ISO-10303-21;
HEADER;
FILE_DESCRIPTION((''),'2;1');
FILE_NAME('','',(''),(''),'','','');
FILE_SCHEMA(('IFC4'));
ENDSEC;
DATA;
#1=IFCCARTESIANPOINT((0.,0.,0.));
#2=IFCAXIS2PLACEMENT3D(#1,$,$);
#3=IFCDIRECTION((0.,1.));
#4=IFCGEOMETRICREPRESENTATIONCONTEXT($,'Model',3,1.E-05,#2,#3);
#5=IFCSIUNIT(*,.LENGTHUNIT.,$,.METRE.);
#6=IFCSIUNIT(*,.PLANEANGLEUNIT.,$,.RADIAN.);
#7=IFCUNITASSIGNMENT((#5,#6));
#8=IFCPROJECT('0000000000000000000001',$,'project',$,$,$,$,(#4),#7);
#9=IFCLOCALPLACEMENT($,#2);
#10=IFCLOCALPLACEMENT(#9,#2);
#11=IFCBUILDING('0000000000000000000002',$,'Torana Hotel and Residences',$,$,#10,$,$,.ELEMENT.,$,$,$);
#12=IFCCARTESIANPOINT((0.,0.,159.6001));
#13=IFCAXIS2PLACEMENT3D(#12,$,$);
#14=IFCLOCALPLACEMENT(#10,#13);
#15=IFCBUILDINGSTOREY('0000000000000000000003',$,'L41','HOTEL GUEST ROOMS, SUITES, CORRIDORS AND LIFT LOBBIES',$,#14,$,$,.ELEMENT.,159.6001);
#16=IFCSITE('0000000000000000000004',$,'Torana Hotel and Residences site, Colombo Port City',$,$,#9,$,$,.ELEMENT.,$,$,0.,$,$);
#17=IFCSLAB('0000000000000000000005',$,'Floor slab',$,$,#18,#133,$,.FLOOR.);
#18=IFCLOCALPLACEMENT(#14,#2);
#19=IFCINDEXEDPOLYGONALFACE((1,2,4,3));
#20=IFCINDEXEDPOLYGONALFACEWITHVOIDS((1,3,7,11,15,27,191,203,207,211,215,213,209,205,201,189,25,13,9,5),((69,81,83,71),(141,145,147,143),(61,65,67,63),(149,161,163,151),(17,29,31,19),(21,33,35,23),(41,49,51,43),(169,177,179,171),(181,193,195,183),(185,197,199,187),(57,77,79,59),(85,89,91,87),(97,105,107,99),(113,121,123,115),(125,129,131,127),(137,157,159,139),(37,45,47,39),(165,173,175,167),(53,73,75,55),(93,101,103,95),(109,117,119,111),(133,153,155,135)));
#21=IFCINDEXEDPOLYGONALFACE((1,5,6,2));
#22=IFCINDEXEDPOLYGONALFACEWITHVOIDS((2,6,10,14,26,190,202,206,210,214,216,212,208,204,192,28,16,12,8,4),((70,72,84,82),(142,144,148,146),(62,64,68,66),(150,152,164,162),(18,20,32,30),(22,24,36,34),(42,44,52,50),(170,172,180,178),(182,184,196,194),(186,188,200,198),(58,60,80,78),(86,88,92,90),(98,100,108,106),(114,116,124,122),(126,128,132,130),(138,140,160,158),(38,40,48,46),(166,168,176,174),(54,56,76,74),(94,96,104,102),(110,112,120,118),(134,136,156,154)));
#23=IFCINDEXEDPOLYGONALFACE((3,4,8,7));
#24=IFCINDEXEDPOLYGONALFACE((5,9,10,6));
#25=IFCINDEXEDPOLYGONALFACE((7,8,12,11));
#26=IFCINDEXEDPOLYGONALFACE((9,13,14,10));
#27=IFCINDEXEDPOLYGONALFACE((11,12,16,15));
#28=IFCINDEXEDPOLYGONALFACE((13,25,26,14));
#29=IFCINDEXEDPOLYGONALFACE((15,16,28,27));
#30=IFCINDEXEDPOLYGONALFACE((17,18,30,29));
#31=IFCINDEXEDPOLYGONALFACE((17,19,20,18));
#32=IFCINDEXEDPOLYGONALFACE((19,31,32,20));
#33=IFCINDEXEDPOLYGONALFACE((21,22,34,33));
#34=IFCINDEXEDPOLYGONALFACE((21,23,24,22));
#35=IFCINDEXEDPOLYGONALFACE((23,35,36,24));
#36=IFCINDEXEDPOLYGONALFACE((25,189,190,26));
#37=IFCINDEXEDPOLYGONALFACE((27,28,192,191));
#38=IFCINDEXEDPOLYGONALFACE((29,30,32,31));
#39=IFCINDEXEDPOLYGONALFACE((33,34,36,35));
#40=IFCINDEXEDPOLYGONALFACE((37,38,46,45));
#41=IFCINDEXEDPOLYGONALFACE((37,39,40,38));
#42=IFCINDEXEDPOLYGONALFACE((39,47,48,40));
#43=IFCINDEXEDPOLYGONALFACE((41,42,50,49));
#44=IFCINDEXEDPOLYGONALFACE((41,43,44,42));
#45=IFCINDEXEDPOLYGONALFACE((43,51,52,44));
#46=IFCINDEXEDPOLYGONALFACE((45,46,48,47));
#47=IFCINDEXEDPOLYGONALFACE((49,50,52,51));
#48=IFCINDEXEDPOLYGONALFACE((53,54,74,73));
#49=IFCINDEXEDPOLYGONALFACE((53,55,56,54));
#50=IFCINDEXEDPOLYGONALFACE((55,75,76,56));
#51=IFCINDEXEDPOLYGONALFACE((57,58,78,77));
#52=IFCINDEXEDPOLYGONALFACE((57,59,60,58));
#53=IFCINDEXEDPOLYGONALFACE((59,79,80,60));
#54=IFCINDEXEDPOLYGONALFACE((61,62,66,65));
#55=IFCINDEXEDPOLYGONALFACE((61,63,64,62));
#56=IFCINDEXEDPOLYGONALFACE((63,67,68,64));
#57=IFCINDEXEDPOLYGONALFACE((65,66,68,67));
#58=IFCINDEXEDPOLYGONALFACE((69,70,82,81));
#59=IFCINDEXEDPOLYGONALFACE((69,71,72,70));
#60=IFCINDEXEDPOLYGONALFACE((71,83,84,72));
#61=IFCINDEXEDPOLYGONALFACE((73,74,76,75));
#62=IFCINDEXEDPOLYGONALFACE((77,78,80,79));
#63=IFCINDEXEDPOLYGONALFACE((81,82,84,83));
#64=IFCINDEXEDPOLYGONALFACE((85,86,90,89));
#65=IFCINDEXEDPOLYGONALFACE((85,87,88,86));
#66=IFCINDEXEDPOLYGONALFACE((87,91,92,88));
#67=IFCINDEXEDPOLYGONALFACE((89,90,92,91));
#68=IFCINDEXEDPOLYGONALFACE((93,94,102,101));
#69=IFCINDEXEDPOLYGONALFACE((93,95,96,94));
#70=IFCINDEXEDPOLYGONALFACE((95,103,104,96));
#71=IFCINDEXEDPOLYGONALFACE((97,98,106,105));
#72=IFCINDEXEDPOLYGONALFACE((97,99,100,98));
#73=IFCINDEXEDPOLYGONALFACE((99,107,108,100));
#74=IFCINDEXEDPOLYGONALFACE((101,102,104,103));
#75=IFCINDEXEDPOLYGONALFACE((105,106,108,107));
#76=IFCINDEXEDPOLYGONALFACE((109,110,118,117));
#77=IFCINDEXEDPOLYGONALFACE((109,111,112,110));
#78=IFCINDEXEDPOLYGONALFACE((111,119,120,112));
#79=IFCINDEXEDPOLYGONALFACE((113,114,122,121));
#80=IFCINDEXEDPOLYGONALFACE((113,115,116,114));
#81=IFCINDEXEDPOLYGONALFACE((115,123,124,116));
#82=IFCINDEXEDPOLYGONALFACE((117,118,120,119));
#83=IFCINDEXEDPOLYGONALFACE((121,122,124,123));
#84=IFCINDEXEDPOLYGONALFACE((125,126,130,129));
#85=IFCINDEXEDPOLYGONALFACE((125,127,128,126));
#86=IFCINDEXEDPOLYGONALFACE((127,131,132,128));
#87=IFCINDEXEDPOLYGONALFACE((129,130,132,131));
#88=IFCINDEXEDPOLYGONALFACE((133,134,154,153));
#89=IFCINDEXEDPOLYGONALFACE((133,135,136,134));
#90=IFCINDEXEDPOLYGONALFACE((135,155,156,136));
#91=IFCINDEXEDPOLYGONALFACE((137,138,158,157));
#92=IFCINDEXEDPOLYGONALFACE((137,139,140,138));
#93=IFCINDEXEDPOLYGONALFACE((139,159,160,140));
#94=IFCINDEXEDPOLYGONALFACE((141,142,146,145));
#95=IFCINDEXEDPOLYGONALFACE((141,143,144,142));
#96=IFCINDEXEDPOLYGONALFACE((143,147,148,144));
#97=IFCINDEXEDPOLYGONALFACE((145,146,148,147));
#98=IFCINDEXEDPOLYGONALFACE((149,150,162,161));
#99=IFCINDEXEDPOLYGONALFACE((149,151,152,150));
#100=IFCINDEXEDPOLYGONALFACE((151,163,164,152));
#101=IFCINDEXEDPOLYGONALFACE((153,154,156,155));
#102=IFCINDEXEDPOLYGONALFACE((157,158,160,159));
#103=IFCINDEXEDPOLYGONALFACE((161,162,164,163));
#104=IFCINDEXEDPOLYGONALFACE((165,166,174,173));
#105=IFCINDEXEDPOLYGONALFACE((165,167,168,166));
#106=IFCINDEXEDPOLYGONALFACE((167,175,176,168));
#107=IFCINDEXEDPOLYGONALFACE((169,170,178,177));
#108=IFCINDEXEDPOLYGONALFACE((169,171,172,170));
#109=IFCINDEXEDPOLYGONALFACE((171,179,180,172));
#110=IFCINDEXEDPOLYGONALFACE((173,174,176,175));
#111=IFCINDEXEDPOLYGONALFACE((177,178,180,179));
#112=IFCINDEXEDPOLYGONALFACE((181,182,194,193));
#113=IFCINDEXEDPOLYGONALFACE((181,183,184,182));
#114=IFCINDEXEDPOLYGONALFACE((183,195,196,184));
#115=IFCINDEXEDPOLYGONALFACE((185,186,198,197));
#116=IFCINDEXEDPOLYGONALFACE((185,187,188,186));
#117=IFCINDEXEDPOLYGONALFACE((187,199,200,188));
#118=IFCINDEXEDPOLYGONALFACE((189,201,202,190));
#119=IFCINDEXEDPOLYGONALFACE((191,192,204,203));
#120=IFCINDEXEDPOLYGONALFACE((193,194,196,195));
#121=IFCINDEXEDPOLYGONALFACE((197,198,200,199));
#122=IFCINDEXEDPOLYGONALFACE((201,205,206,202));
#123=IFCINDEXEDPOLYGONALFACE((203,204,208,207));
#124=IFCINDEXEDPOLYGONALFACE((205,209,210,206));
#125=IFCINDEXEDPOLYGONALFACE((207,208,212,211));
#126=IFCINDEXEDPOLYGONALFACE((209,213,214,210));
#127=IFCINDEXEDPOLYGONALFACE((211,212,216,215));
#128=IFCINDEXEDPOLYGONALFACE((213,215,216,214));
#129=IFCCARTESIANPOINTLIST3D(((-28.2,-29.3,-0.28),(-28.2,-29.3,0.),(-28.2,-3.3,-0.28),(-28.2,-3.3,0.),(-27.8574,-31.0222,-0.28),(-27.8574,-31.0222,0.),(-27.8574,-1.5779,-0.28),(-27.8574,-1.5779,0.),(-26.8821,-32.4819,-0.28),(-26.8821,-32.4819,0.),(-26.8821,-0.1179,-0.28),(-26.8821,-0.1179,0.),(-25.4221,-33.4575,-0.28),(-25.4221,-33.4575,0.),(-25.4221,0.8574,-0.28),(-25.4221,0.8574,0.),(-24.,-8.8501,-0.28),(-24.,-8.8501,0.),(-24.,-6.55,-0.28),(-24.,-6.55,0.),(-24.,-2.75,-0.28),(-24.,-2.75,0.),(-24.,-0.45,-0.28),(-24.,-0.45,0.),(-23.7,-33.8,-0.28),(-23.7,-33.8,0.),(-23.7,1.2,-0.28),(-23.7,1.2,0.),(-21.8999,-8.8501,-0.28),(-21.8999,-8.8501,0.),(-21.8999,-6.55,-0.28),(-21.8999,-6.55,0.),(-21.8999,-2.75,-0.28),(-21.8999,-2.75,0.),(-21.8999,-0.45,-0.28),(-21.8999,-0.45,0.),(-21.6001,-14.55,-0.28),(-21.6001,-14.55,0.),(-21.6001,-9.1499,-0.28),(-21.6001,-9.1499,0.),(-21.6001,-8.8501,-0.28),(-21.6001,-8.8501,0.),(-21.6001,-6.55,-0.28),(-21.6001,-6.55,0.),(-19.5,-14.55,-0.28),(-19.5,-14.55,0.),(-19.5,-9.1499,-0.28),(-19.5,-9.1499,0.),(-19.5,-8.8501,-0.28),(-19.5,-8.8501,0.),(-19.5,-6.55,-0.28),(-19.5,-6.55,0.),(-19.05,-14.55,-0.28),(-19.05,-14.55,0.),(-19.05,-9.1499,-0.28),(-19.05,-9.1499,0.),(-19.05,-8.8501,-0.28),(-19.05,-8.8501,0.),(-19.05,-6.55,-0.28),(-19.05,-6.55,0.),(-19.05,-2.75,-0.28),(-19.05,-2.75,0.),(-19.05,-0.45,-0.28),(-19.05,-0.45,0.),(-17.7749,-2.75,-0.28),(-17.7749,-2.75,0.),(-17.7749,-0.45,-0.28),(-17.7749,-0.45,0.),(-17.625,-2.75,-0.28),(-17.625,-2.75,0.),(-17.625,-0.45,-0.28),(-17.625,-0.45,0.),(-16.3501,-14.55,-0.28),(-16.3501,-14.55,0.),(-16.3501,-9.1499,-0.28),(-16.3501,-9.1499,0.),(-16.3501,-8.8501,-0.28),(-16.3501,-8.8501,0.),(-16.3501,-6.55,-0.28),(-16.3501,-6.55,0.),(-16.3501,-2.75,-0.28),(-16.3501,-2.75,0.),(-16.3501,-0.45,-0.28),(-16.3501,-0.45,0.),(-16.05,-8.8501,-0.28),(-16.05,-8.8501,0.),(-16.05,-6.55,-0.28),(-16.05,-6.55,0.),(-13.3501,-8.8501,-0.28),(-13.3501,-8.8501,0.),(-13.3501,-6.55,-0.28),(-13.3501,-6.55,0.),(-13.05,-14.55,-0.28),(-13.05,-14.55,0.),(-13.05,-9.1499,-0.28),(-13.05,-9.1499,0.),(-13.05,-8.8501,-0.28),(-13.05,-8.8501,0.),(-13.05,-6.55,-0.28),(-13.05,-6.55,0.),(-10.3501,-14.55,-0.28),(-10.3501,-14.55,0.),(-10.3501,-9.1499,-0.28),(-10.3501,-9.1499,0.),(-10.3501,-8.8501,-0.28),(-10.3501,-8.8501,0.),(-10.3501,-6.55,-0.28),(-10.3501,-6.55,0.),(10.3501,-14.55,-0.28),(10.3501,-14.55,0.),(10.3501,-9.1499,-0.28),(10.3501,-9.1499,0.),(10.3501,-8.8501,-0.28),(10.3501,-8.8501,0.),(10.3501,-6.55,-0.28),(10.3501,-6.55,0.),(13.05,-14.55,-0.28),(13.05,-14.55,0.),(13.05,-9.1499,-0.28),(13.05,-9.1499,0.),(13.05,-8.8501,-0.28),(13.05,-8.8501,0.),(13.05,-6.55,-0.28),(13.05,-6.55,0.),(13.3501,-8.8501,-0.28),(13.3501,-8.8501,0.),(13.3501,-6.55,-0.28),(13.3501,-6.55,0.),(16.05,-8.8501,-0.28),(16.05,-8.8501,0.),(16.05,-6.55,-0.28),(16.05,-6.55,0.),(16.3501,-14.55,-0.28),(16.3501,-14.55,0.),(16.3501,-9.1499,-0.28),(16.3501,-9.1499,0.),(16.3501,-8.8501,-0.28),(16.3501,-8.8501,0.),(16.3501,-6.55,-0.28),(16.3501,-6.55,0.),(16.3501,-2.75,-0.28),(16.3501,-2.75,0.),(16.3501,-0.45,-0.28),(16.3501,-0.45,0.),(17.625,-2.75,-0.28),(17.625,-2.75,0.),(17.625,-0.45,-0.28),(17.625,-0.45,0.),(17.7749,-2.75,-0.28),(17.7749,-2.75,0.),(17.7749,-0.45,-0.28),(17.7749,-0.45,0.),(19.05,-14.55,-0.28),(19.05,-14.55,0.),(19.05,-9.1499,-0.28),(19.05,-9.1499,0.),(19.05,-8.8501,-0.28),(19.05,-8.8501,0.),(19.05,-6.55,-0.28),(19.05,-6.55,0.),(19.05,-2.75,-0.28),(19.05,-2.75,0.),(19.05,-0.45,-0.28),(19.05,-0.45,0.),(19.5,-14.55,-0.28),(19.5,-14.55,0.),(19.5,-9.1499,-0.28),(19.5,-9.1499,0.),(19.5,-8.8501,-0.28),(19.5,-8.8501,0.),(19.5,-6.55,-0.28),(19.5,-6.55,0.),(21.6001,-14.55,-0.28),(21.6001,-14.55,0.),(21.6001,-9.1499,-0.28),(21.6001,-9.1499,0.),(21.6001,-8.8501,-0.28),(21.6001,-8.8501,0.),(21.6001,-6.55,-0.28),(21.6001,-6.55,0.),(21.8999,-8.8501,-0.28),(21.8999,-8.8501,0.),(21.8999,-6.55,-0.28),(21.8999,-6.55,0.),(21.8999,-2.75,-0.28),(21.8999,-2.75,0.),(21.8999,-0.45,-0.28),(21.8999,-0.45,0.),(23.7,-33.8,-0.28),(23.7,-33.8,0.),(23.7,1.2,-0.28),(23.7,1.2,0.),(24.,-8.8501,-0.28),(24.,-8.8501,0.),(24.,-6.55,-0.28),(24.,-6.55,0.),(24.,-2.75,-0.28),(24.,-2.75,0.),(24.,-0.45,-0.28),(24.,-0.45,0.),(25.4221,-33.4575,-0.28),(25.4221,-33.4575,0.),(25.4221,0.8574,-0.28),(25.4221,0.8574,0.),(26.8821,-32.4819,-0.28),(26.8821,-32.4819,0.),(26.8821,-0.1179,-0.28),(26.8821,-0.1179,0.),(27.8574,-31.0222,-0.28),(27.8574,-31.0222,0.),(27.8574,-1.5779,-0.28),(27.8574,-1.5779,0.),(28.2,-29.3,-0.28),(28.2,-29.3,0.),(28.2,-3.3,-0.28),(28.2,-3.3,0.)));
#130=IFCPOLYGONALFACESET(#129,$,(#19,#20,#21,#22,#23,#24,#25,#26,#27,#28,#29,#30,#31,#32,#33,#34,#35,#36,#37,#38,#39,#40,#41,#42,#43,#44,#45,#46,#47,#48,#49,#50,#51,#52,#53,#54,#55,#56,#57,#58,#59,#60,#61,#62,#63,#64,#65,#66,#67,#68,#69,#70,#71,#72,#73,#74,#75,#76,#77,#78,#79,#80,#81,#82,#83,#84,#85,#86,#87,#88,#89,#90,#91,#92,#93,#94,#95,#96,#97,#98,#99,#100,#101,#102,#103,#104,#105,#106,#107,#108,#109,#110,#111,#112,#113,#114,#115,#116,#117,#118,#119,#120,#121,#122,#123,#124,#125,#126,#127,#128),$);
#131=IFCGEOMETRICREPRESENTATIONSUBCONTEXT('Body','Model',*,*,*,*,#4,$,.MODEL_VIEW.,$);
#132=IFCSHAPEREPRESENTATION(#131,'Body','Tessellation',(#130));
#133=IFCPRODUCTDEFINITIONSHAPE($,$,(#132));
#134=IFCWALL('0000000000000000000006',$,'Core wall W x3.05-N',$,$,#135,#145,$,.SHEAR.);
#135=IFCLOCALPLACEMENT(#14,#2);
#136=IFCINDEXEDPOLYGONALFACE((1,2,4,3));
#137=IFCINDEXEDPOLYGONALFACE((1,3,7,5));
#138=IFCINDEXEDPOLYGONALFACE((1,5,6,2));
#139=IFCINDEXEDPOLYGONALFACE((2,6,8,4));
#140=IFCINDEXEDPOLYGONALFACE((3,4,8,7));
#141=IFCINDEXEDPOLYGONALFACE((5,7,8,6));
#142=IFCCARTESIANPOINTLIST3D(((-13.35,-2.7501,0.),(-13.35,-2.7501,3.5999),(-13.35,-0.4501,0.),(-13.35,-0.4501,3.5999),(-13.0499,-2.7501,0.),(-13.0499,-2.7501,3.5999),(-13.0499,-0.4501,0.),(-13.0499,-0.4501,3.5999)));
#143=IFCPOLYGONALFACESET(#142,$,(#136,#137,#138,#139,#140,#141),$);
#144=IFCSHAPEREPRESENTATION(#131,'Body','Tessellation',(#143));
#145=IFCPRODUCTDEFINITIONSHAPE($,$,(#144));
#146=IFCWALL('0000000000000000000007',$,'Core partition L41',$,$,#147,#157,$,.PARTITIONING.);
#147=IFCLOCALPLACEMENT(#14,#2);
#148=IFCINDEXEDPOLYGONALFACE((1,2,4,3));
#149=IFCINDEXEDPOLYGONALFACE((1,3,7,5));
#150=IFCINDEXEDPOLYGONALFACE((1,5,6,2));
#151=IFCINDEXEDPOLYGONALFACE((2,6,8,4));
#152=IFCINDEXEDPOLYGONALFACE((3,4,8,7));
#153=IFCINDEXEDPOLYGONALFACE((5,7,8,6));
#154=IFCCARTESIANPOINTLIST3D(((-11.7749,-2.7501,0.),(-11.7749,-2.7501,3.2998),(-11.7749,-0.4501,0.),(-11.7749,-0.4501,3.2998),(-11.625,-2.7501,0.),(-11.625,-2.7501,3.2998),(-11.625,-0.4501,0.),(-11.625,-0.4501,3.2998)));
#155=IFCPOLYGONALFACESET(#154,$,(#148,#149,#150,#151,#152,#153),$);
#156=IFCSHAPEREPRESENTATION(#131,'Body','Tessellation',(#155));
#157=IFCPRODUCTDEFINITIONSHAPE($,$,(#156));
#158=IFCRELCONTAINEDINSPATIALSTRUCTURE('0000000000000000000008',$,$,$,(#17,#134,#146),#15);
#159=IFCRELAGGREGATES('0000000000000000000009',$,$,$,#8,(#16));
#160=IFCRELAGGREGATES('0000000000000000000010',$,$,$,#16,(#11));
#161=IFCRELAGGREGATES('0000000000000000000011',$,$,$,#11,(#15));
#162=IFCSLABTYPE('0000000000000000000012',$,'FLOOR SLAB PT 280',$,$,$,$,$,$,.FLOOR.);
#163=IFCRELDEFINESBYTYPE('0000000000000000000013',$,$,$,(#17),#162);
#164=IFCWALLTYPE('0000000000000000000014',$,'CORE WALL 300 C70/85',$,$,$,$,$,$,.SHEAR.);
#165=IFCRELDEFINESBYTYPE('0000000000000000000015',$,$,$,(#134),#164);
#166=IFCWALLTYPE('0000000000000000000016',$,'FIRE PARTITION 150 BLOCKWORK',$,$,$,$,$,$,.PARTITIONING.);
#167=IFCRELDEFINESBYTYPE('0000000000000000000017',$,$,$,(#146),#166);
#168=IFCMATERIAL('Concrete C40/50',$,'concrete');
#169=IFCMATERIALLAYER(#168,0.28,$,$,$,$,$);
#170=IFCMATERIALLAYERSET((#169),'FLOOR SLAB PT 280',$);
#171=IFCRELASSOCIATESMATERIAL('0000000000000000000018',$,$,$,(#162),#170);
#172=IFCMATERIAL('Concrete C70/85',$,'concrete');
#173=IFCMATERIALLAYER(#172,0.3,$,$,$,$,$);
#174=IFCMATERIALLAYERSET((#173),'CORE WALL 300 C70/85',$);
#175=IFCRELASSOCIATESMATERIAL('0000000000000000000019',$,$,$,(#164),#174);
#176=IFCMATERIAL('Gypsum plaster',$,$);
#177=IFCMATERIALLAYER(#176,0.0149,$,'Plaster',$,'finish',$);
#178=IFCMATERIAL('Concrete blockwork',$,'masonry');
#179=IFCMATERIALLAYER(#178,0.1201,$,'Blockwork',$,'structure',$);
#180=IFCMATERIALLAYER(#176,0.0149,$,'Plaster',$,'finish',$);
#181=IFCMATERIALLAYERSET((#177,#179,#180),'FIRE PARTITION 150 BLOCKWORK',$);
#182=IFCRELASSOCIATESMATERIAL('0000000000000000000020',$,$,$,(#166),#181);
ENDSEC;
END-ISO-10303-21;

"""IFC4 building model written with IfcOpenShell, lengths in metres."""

from ifc_helpers import new_model, si_unit, direction, frame, frame_2d, origin, place, context, subcontext, project, spatial, polyline, rectangle, outline, extrude, material, layer, layer_set, type_object, element, save


model = new_model("IFC4")

# Units and contexts
model_context = context("Model", 3, precision=1e-05, world=origin(), true_north=direction((0.0, 1.0)))
body_context = subcontext(model_context, "Body", "Model", "MODEL_VIEW")
ifc_project = project(units=[si_unit("LENGTHUNIT", "METRE"), si_unit("PLANEANGLEUNIT", "RADIAN")], contexts=[model_context])

# Site, building, storey
site_placement = place(None, origin())
site = spatial("IfcSite", under=ifc_project, at=site_placement, Name="Torana Hotel and Residences site, Colombo Port City", CompositionType="ELEMENT", RefElevation=0.0)
building_placement = place(site_placement, origin())
building = spatial("IfcBuilding", under=site, at=building_placement, Name="Torana Hotel and Residences", CompositionType="ELEMENT")
storey_placement = place(building_placement, frame((0.0, 0.0, 159.6001)))
storey = spatial("IfcBuildingStorey", under=building, at=storey_placement, Name="L41", Description="HOTEL GUEST ROOMS, SUITES, CORRIDORS AND LIFT LOBBIES", CompositionType="ELEMENT", Elevation=159.6001)

# Slab
ifc_material_1 = material(Name="Concrete C40/50", Category="concrete")
ifc_layer_1 = layer(ifc_material_1, 0.28)
ifc_layer_set_1 = layer_set([ifc_layer_1], Name="FLOOR SLAB PT 280")
slab_type_1 = type_object("IfcSlabType", Name="FLOOR SLAB PT 280", PredefinedType="FLOOR", material=ifc_layer_set_1)
slab_1_placement = place(storey_placement, frame((0.0, 0.0, -0.28)))
element("IfcSlab", 1, at=slab_1_placement, inside=storey, type_object=slab_type_1, Name="Floor slab", PredefinedType="FLOOR", context=body_context, shape_type="SweptSolid", body=[
    extrude(outline(polyline([(28.2, -3.3), (27.8574, -1.5779), (26.8821, -0.1179), (25.4221, 0.8574), (23.7, 1.2), (-23.7, 1.2), (-25.4221, 0.8574), (-26.8821, -0.1179), (-27.8574, -1.5779), (-28.2, -3.3), (-28.2, -29.3), (-27.8574, -31.0222), (-26.8821, -32.4819), (-25.4221, -33.4575), (-23.7, -33.8), (23.7, -33.8), (25.4221, -33.4575), (26.8821, -32.4819), (27.8574, -31.0222), (28.2, -29.3), (28.2, -3.3)]), holes=[polyline([(-13.05, -14.55), (-10.3501, -14.55), (-10.3501, -9.1499), (-13.05, -9.1499), (-13.05, -14.55)]), polyline([(-19.05, -14.55), (-16.3501, -14.55), (-16.3501, -9.1499), (-19.05, -9.1499), (-19.05, -14.55)]), polyline([(-17.625, -2.75), (-16.3501, -2.75), (-16.3501, -0.45), (-17.625, -0.45), (-17.625, -2.75)]), polyline([(-19.05, -2.75), (-17.7749, -2.75), (-17.7749, -0.45), (-19.05, -0.45), (-19.05, -2.75)]), polyline([(-21.6001, -8.8501), (-19.5, -8.8501), (-19.5, -6.55), (-21.6001, -6.55), (-21.6001, -8.8501)]), polyline([(-24.0, -2.75), (-21.8999, -2.75), (-21.8999, -0.45), (-24.0, -0.45), (-24.0, -2.75)]), polyline([(-24.0, -8.8501), (-21.8999, -8.8501), (-21.8999, -6.55), (-24.0, -6.55), (-24.0, -8.8501)]), polyline([(-13.05, -8.8501), (-10.3501, -8.8501), (-10.3501, -6.55), (-13.05, -6.55), (-13.05, -8.8501)]), polyline([(-16.05, -8.8501), (-13.3501, -8.8501), (-13.3501, -6.55), (-16.05, -6.55), (-16.05, -8.8501)]), polyline([(-19.05, -8.8501), (-16.3501, -8.8501), (-16.3501, -6.55), (-19.05, -6.55), (-19.05, -8.8501)]), polyline([(-21.6001, -14.55), (-19.5, -14.55), (-19.5, -9.1499), (-21.6001, -9.1499), (-21.6001, -14.55)]), polyline([(10.3501, -14.55), (13.05, -14.55), (13.05, -9.1499), (10.3501, -9.1499), (10.3501, -14.55)]), polyline([(16.3501, -14.55), (19.05, -14.55), (19.05, -9.1499), (16.3501, -9.1499), (16.3501, -14.55)]), polyline([(16.3501, -2.75), (17.625, -2.75), (17.625, -0.45), (16.3501, -0.45), (16.3501, -2.75)]), polyline([(17.7749, -2.75), (19.05, -2.75), (19.05, -0.45), (17.7749, -0.45), (17.7749, -2.75)]), polyline([(19.5, -8.8501), (21.6001, -8.8501), (21.6001, -6.55), (19.5, -6.55), (19.5, -8.8501)]), polyline([(21.8999, -2.75), (24.0, -2.75), (24.0, -0.45), (21.8999, -0.45), (21.8999, -2.75)]), polyline([(21.8999, -8.8501), (24.0, -8.8501), (24.0, -6.55), (21.8999, -6.55), (21.8999, -8.8501)]), polyline([(10.3501, -8.8501), (13.05, -8.8501), (13.05, -6.55), (10.3501, -6.55), (10.3501, -8.8501)]), polyline([(13.3501, -8.8501), (16.05, -8.8501), (16.05, -6.55), (13.3501, -6.55), (13.3501, -8.8501)]), polyline([(16.3501, -8.8501), (19.05, -8.8501), (19.05, -6.55), (16.3501, -6.55), (16.3501, -8.8501)]), polyline([(19.5, -14.55), (21.6001, -14.55), (21.6001, -9.1499), (19.5, -9.1499), (19.5, -14.55)])]), origin(), (0.0, 0.0, 1.0), 0.28),
])

# Walls
ifc_material_2 = material(Name="Concrete C70/85", Category="concrete")
ifc_layer_2 = layer(ifc_material_2, 0.3)
ifc_layer_set_2 = layer_set([ifc_layer_2], Name="CORE WALL 300 C70/85")
wall_type_1 = type_object("IfcWallType", Name="CORE WALL 300 C70/85", PredefinedType="SHEAR", material=ifc_layer_set_2)
wall_1_placement = place(storey_placement, frame((-13.2, -2.75, 0.0), z_axis=(0.0, 0.0, 1.0), x_axis=(0.0, 1.0, 0.0)))
element("IfcWall", 2, at=wall_1_placement, inside=storey, type_object=wall_type_1, Name="Core wall W x3.05-N", PredefinedType="SHEAR", context=body_context, shape_type="SweptSolid", body=[
    extrude(rectangle(XDim=2.3, YDim=0.3, at=frame_2d((1.1499, 0.0))), origin(), (0.0, 0.0, 1.0), 3.5999),
])
ifc_material_3 = material(Name="Gypsum plaster")
ifc_layer_3 = layer(ifc_material_3, 0.0149, Name="Plaster", Category="finish")
ifc_material_4 = material(Name="Concrete blockwork", Category="masonry")
ifc_layer_4 = layer(ifc_material_4, 0.1201, Name="Blockwork", Category="structure")
ifc_layer_5 = layer(ifc_material_3, 0.0149, Name="Plaster", Category="finish")
ifc_layer_set_3 = layer_set([ifc_layer_3, ifc_layer_4, ifc_layer_5], Name="FIRE PARTITION 150 BLOCKWORK")
wall_type_2 = type_object("IfcWallType", Name="FIRE PARTITION 150 BLOCKWORK", PredefinedType="PARTITIONING", material=ifc_layer_set_3)
wall_2_placement = place(storey_placement, frame((-11.7, -2.75, 0.0), z_axis=(0.0, 0.0, 1.0), x_axis=(0.0, 1.0, 0.0)))
element("IfcWall", 3, at=wall_2_placement, inside=storey, type_object=wall_type_2, Name="Core partition L41", PredefinedType="PARTITIONING", context=body_context, shape_type="SweptSolid", body=[
    extrude(rectangle(XDim=2.3, YDim=0.1499, at=frame_2d((1.1499, 0.0))), origin(), (0.0, 0.0, 1.0), 3.2998),
])

save(model, "model.ifc")
